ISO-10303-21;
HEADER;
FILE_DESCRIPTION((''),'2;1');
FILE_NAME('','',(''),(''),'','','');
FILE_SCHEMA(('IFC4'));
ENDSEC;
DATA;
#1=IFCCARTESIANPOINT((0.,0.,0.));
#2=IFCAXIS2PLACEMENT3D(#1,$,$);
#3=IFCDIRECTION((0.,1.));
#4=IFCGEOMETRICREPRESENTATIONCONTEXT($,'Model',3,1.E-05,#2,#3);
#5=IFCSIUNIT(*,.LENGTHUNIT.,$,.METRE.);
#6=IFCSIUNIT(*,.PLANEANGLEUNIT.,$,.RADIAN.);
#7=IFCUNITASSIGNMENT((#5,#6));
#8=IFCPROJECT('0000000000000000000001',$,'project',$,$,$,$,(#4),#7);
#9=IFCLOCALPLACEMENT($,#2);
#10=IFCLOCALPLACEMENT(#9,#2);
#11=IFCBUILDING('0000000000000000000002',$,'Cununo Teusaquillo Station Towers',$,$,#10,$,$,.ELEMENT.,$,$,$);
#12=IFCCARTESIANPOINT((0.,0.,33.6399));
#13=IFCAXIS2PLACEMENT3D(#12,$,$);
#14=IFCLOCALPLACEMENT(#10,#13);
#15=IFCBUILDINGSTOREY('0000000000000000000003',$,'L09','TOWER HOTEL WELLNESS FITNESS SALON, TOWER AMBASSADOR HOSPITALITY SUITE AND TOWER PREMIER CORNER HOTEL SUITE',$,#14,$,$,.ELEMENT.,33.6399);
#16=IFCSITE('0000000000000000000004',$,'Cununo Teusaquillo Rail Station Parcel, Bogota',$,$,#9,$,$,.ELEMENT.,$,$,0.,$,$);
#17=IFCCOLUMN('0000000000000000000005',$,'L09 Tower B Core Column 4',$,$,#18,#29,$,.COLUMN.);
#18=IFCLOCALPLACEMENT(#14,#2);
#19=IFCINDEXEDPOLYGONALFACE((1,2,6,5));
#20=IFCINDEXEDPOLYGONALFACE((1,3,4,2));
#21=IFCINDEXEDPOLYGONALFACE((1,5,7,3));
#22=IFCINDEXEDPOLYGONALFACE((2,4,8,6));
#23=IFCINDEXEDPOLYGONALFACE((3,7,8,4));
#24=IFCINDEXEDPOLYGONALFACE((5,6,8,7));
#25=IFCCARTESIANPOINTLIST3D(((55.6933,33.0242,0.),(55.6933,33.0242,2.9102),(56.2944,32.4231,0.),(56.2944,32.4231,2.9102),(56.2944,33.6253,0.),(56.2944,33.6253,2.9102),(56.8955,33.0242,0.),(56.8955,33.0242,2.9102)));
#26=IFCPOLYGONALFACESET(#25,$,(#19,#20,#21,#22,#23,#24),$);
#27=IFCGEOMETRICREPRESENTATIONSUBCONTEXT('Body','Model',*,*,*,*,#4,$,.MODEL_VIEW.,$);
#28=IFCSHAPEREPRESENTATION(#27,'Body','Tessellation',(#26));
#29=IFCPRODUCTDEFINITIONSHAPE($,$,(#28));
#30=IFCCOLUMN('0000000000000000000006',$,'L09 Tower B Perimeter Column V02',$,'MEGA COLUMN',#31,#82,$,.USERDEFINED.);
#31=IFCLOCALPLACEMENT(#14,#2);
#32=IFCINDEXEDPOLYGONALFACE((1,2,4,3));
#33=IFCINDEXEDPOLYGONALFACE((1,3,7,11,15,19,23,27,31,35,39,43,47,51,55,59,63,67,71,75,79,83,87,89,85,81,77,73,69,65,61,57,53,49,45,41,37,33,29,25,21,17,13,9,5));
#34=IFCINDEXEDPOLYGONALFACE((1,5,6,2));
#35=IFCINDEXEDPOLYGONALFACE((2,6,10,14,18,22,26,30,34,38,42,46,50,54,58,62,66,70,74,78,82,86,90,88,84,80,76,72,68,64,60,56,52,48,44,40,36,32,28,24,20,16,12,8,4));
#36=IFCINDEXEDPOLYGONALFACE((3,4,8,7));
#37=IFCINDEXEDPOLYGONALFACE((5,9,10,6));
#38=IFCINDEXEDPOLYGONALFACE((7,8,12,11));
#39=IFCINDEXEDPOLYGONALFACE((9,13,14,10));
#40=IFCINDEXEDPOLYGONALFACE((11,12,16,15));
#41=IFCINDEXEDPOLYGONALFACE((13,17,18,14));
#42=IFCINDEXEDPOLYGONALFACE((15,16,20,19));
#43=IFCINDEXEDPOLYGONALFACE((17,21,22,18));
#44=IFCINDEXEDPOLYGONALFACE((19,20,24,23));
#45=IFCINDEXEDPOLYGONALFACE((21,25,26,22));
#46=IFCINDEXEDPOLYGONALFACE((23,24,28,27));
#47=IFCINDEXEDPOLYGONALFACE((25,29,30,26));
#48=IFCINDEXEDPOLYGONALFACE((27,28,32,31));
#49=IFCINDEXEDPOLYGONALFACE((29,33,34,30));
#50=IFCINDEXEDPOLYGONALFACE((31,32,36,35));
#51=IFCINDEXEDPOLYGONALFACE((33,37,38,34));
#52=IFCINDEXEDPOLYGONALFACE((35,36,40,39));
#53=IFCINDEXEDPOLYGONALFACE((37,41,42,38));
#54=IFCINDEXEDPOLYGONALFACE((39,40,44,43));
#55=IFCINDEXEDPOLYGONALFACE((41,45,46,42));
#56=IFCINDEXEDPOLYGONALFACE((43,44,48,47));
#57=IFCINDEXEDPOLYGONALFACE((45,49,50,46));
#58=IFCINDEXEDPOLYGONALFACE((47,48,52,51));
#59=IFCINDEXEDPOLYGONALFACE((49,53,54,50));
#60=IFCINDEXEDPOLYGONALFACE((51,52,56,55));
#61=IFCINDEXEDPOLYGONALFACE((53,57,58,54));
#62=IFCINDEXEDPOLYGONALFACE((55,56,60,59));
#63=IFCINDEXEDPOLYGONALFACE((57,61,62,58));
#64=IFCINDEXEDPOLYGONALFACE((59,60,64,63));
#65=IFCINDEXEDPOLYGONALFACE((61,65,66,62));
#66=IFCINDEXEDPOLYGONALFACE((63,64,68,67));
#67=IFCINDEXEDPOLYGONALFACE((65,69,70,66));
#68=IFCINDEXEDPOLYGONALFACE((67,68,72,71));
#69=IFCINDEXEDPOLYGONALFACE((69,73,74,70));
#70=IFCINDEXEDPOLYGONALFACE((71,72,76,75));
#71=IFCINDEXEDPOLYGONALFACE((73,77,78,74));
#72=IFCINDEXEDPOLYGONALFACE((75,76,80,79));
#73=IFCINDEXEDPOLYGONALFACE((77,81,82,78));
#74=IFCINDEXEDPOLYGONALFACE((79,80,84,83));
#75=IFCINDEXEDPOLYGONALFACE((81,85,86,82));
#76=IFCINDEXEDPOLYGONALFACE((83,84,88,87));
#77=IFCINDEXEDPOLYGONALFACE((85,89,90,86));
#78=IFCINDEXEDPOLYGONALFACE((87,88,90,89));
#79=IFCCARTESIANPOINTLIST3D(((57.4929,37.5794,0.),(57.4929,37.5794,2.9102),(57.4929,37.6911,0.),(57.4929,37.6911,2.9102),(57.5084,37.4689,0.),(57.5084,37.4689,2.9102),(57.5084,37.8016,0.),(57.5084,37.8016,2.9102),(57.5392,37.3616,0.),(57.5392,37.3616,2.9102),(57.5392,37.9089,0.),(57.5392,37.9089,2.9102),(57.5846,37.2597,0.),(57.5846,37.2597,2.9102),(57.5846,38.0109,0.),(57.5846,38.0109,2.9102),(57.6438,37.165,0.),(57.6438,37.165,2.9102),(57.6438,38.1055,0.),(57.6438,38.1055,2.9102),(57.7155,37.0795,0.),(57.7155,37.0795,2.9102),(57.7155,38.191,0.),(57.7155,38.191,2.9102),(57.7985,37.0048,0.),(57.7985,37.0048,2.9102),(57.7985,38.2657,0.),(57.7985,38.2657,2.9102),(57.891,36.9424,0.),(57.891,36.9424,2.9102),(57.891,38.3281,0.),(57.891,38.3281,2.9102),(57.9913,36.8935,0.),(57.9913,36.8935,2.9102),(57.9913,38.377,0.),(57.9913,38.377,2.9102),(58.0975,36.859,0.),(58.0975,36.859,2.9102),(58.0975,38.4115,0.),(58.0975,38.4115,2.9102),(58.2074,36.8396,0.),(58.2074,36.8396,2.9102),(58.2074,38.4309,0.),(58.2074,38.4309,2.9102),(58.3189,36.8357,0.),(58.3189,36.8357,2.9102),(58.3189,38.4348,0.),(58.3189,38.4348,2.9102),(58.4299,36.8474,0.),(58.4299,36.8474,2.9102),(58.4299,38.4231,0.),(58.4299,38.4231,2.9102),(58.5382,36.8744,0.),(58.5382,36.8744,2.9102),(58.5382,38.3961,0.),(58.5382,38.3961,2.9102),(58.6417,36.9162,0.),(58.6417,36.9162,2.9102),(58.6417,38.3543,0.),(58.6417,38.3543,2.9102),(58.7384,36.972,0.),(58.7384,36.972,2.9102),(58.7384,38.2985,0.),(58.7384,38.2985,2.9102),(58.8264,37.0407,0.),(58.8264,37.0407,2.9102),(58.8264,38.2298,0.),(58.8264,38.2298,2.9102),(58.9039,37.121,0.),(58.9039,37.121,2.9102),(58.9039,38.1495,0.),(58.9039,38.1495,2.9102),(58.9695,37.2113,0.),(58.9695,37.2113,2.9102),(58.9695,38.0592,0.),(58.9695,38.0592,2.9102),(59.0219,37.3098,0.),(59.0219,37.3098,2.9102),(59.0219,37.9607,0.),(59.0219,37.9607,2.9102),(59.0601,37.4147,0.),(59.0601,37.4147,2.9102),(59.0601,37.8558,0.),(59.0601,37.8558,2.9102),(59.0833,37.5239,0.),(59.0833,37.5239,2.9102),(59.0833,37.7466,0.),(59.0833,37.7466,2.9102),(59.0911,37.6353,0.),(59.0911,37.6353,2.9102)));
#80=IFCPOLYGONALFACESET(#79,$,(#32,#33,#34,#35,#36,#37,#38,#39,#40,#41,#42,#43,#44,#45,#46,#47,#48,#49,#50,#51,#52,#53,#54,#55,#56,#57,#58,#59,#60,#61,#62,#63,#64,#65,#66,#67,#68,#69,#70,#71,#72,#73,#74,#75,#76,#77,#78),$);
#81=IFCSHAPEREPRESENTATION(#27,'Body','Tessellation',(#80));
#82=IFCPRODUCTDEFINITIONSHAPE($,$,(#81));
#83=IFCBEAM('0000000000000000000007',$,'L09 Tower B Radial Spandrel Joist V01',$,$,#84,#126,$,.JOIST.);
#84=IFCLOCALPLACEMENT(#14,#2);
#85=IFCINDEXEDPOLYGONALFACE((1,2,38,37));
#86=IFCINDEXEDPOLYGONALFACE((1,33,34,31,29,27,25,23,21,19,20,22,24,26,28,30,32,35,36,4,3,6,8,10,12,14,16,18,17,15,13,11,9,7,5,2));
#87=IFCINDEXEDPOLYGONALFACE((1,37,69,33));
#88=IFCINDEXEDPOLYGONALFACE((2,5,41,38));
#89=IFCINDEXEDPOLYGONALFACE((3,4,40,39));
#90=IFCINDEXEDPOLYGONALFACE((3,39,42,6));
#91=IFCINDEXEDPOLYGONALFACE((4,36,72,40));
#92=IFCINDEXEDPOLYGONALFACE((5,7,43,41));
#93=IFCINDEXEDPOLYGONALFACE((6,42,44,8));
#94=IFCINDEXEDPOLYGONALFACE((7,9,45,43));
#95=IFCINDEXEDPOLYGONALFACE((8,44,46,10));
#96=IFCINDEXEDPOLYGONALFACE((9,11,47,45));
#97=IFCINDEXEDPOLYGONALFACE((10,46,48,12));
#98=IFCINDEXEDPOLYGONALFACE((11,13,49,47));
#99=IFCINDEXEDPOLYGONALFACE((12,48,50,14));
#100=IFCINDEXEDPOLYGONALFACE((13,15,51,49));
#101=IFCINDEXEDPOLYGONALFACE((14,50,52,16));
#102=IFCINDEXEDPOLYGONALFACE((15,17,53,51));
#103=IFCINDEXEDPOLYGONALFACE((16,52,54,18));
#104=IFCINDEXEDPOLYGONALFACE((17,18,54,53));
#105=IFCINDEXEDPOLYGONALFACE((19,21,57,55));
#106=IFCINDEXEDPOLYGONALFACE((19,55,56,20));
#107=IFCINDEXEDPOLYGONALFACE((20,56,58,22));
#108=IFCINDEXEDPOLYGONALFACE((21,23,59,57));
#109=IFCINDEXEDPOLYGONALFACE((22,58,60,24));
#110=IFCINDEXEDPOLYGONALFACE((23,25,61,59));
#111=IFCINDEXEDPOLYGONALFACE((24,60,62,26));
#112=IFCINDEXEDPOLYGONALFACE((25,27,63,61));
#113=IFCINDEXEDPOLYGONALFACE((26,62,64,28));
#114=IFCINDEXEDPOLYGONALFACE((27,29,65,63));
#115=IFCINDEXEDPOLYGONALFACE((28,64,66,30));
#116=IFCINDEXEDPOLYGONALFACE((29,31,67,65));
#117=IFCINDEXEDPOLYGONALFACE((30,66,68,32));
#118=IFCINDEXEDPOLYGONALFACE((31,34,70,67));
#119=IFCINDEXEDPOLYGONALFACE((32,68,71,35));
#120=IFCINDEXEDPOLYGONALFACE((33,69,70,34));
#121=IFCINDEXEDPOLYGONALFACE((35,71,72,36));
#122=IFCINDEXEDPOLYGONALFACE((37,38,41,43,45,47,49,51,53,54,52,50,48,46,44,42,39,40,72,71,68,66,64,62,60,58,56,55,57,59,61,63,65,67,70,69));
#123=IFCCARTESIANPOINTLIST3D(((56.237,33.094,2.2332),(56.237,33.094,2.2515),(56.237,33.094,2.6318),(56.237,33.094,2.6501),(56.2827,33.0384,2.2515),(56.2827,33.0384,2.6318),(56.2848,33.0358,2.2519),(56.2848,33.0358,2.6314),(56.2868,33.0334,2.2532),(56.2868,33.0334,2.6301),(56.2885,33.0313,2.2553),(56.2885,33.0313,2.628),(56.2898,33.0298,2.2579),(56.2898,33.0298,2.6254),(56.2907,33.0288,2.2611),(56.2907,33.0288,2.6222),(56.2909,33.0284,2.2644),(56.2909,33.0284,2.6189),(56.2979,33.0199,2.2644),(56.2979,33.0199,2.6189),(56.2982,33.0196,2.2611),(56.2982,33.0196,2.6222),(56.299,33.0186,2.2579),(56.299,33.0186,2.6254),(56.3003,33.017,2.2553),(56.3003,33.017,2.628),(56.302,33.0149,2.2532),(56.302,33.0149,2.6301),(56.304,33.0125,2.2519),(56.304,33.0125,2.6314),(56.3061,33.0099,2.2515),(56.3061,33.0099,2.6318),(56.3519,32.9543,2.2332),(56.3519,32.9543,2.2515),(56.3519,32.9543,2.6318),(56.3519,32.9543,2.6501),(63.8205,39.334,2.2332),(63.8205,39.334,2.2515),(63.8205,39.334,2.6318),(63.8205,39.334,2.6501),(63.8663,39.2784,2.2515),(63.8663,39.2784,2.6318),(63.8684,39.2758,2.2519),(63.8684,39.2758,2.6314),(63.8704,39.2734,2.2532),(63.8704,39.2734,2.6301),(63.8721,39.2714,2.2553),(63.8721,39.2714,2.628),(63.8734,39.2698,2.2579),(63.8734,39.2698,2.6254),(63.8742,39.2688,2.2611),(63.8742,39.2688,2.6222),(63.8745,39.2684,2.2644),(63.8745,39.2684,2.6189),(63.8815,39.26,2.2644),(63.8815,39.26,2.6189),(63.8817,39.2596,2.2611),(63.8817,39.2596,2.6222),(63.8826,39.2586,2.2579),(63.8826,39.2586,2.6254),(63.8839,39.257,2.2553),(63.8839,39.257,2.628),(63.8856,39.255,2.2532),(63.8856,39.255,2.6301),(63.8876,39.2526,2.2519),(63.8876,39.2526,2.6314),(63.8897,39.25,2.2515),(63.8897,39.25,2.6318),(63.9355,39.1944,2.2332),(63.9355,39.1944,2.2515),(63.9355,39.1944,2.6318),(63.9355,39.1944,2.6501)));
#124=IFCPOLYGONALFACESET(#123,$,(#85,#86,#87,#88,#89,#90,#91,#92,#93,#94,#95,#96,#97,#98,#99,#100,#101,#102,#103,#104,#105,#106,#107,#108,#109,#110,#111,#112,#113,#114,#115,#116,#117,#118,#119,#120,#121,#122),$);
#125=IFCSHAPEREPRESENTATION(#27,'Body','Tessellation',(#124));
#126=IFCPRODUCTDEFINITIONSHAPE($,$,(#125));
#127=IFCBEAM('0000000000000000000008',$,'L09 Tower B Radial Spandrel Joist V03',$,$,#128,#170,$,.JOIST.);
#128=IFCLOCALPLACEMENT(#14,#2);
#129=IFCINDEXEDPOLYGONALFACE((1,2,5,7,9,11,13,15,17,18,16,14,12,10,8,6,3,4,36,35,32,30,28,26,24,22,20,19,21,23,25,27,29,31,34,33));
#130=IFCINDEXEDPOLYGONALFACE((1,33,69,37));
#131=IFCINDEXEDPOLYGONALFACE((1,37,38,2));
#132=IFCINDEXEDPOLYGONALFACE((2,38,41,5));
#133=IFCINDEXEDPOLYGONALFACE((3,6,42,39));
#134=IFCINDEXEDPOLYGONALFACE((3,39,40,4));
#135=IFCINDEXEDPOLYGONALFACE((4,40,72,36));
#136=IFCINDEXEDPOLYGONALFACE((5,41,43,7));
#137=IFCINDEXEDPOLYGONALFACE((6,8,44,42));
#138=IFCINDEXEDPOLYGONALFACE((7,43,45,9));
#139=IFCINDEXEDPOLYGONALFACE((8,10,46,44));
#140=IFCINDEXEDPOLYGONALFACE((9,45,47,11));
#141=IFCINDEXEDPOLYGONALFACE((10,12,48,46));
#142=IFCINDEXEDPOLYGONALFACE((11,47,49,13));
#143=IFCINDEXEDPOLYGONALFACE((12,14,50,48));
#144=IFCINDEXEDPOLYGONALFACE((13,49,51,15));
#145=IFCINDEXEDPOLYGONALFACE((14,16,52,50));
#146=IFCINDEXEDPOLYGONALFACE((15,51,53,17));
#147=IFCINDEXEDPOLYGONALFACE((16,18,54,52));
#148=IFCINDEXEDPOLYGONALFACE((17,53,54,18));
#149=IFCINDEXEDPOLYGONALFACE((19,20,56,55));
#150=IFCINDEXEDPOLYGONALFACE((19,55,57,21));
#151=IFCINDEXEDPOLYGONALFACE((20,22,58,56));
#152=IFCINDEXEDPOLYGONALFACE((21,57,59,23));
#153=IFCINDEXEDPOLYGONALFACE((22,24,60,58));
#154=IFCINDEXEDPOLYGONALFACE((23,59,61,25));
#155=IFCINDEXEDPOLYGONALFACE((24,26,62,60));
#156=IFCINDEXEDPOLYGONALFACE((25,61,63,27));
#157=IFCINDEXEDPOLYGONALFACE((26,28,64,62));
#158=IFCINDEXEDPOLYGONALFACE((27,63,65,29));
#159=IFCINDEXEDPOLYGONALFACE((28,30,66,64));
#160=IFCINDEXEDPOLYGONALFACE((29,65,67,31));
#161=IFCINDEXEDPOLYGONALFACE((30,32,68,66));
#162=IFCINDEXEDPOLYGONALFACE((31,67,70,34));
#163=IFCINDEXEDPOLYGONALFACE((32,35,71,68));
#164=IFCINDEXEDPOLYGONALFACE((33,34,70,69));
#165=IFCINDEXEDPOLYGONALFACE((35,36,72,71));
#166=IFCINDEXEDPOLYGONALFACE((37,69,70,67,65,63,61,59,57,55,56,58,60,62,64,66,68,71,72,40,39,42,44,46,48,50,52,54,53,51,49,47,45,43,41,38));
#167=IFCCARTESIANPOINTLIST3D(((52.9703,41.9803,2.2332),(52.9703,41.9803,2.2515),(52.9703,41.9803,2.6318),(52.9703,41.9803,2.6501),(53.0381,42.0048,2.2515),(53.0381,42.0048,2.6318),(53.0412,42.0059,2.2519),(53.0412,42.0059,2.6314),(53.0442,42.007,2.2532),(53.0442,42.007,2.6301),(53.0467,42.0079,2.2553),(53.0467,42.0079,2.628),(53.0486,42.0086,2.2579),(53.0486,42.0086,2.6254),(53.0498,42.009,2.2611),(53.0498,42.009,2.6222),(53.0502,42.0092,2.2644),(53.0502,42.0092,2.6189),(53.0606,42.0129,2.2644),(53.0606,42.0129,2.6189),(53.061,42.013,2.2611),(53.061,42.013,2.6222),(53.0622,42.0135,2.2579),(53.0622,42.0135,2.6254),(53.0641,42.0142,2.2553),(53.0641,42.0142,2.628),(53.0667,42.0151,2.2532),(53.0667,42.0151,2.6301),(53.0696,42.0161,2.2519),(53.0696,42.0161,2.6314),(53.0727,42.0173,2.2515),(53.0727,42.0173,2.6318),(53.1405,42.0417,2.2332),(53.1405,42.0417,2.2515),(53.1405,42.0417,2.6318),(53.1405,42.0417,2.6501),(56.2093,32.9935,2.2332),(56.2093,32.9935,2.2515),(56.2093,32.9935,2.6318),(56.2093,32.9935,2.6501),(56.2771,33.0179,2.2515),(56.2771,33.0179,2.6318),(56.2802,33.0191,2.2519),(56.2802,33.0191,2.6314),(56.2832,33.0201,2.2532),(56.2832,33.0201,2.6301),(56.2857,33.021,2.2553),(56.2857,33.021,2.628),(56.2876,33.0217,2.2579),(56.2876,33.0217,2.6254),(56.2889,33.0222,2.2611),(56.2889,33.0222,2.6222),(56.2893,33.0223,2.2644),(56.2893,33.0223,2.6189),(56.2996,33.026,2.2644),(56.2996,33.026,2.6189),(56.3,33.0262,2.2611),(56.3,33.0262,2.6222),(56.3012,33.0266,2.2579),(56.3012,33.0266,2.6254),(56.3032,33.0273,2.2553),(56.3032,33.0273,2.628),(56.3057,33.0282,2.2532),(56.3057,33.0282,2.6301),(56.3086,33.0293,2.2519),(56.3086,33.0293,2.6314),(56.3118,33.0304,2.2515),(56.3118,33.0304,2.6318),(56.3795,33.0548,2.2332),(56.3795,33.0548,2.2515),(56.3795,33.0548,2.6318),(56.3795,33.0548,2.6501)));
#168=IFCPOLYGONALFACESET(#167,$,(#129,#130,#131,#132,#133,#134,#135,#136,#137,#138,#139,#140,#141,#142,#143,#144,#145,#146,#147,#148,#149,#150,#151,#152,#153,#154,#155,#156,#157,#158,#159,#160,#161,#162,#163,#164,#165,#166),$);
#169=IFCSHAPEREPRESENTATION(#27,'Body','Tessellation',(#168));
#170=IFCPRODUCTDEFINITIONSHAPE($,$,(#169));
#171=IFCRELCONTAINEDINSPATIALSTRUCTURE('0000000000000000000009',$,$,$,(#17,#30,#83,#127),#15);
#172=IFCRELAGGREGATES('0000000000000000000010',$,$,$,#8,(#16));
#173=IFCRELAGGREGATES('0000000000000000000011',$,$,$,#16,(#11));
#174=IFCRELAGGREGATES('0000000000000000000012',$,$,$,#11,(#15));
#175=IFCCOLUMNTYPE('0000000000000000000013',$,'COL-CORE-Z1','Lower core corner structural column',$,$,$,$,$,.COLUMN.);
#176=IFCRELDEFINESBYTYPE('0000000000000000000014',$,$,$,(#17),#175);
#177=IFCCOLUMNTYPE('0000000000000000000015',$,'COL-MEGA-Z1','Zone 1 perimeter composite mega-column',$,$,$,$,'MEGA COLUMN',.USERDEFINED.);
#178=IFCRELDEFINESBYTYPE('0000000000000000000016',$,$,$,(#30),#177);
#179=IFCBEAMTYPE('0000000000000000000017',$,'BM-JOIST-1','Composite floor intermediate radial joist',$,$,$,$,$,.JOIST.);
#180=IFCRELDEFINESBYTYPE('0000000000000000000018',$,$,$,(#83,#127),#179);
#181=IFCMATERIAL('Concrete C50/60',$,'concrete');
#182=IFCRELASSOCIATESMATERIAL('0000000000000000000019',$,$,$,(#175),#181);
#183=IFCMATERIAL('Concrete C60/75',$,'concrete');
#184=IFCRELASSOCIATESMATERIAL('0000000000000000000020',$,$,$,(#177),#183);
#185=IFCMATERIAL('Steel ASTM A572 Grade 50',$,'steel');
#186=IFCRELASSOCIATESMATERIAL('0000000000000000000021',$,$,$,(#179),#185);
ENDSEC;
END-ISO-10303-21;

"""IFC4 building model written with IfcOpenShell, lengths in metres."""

from ifc_helpers import new_model, si_unit, direction, frame, origin, origin_2d, place, context, subcontext, project, spatial, rectangle, circle, i_section, extrude, material, material_profile, profile_set, type_object, element, save


model = new_model("IFC4")

# Units and contexts
model_context = context("Model", 3, precision=1e-05, world=origin(), true_north=direction((0.0, 1.0)))
body_context = subcontext(model_context, "Body", "Model", "MODEL_VIEW")
ifc_project = project(units=[si_unit("LENGTHUNIT", "METRE"), si_unit("PLANEANGLEUNIT", "RADIAN")], contexts=[model_context])

# Site, building, storey
site_placement = place(None, origin())
site = spatial("IfcSite", under=ifc_project, at=site_placement, Name="Cununo Teusaquillo Rail Station Parcel, Bogota", CompositionType="ELEMENT", RefElevation=0.0)
building_placement = place(site_placement, origin())
building = spatial("IfcBuilding", under=site, at=building_placement, Name="Cununo Teusaquillo Station Towers", CompositionType="ELEMENT")
storey_placement = place(building_placement, frame((0.0, 0.0, 33.6399)))
storey = spatial("IfcBuildingStorey", under=building, at=storey_placement, Name="L09", Description="TOWER HOTEL WELLNESS FITNESS SALON, TOWER AMBASSADOR HOSPITALITY SUITE AND TOWER PREMIER CORNER HOTEL SUITE", CompositionType="ELEMENT", Elevation=33.6399)

# Columns
ifc_material_1 = material(Name="Concrete C50/60", Category="concrete")
ifc_material_profile_1 = material_profile(ifc_material_1, rectangle(XDim=0.8501, YDim=0.8501, at=origin_2d()), Name="RC-RECT-850x850")
ifc_profile_set_1 = profile_set([ifc_material_profile_1], Name="Concrete C50/60")
column_type_1 = type_object("IfcColumnType", Name="COL-CORE-Z1", Description="Lower core corner structural column", PredefinedType="COLUMN", material=ifc_profile_set_1)
column_1_placement = place(storey_placement, frame((56.2944, 33.0242, 0.0), z_axis=(0.0, 0.0, 1.0), x_axis=(0.707107, 0.707107, 0.0)))
element("IfcColumn", 1, at=column_1_placement, inside=storey, type_object=column_type_1, Name="L09 Tower B Core Column 4", PredefinedType="COLUMN", context=body_context, shape_type="SweptSolid", body=[
    extrude(rectangle(XDim=0.8501, YDim=0.8501, at=origin_2d()), origin(), (0.0, 0.0, 1.0), 2.9102),
])
ifc_material_2 = material(Name="Concrete C60/75", Category="concrete")
ifc_material_profile_2 = material_profile(ifc_material_2, circle(Radius=0.8, at=origin_2d()), Name="RC-CIRC-1600")
ifc_profile_set_2 = profile_set([ifc_material_profile_2], Name="Concrete C60/75")
column_type_2 = type_object("IfcColumnType", Name="COL-MEGA-Z1", Description="Zone 1 perimeter composite mega-column", ElementType="MEGA COLUMN", PredefinedType="USERDEFINED", material=ifc_profile_set_2)
column_2_placement = place(storey_placement, frame((58.291, 37.6353, 0.0), z_axis=(0.0, 0.0, 1.0), x_axis=(1.0, 0.0, 0.0)))
element("IfcColumn", 2, at=column_2_placement, inside=storey, type_object=column_type_2, Name="L09 Tower B Perimeter Column V02", ObjectType="MEGA COLUMN", PredefinedType="USERDEFINED", context=body_context, shape_type="SweptSolid", body=[
    extrude(circle(Radius=0.8, at=origin_2d()), origin(), (0.0, 0.0, 1.0), 2.9102),
])

# Beams
ifc_material_3 = material(Name="Steel ASTM A572 Grade 50", Category="steel")
ifc_material_profile_3 = material_profile(ifc_material_3, i_section(OverallWidth=0.1809, OverallDepth=0.417, WebThickness=0.011, FlangeThickness=0.0183, FilletRadius=0.0129, at=origin_2d()), Name="W16X57")
ifc_profile_set_3 = profile_set([ifc_material_profile_3], Name="Steel ASTM A572 Grade 50")
beam_type_1 = type_object("IfcBeamType", Name="BM-JOIST-1", Description="Composite floor intermediate radial joist", PredefinedType="JOIST", material=ifc_profile_set_3)
beam_1_placement = place(storey_placement, frame((56.2944, 33.0242, 2.4417), z_axis=(0.772192, 0.635389, 0.0), x_axis=(-0.635389, 0.772192, 0.0)))
element("IfcBeam", 3, at=beam_1_placement, inside=storey, type_object=beam_type_1, Name="L09 Tower B Radial Spandrel Joist V01", PredefinedType="JOIST", context=body_context, shape_type="SweptSolid", body=[
    extrude(i_section(OverallWidth=0.1809, OverallDepth=0.417, WebThickness=0.011, FlangeThickness=0.0183, FilletRadius=0.0129, at=origin_2d()), origin(), (0.0, 0.0, 1.0), 9.8208),
])
beam_2_placement = place(storey_placement, frame((56.2944, 33.0242, 2.4417), z_axis=(-0.339068, 0.940762, 0.0), x_axis=(-0.940762, -0.339068, 0.0)))
element("IfcBeam", 4, at=beam_2_placement, inside=storey, type_object=beam_type_1, Name="L09 Tower B Radial Spandrel Joist V03", PredefinedType="JOIST", context=body_context, shape_type="SweptSolid", body=[
    extrude(i_section(OverallWidth=0.1809, OverallDepth=0.417, WebThickness=0.011, FlangeThickness=0.0183, FilletRadius=0.0129, at=origin_2d()), origin(), (0.0, 0.0, 1.0), 9.5527),
])

save(model, "model.ifc")
